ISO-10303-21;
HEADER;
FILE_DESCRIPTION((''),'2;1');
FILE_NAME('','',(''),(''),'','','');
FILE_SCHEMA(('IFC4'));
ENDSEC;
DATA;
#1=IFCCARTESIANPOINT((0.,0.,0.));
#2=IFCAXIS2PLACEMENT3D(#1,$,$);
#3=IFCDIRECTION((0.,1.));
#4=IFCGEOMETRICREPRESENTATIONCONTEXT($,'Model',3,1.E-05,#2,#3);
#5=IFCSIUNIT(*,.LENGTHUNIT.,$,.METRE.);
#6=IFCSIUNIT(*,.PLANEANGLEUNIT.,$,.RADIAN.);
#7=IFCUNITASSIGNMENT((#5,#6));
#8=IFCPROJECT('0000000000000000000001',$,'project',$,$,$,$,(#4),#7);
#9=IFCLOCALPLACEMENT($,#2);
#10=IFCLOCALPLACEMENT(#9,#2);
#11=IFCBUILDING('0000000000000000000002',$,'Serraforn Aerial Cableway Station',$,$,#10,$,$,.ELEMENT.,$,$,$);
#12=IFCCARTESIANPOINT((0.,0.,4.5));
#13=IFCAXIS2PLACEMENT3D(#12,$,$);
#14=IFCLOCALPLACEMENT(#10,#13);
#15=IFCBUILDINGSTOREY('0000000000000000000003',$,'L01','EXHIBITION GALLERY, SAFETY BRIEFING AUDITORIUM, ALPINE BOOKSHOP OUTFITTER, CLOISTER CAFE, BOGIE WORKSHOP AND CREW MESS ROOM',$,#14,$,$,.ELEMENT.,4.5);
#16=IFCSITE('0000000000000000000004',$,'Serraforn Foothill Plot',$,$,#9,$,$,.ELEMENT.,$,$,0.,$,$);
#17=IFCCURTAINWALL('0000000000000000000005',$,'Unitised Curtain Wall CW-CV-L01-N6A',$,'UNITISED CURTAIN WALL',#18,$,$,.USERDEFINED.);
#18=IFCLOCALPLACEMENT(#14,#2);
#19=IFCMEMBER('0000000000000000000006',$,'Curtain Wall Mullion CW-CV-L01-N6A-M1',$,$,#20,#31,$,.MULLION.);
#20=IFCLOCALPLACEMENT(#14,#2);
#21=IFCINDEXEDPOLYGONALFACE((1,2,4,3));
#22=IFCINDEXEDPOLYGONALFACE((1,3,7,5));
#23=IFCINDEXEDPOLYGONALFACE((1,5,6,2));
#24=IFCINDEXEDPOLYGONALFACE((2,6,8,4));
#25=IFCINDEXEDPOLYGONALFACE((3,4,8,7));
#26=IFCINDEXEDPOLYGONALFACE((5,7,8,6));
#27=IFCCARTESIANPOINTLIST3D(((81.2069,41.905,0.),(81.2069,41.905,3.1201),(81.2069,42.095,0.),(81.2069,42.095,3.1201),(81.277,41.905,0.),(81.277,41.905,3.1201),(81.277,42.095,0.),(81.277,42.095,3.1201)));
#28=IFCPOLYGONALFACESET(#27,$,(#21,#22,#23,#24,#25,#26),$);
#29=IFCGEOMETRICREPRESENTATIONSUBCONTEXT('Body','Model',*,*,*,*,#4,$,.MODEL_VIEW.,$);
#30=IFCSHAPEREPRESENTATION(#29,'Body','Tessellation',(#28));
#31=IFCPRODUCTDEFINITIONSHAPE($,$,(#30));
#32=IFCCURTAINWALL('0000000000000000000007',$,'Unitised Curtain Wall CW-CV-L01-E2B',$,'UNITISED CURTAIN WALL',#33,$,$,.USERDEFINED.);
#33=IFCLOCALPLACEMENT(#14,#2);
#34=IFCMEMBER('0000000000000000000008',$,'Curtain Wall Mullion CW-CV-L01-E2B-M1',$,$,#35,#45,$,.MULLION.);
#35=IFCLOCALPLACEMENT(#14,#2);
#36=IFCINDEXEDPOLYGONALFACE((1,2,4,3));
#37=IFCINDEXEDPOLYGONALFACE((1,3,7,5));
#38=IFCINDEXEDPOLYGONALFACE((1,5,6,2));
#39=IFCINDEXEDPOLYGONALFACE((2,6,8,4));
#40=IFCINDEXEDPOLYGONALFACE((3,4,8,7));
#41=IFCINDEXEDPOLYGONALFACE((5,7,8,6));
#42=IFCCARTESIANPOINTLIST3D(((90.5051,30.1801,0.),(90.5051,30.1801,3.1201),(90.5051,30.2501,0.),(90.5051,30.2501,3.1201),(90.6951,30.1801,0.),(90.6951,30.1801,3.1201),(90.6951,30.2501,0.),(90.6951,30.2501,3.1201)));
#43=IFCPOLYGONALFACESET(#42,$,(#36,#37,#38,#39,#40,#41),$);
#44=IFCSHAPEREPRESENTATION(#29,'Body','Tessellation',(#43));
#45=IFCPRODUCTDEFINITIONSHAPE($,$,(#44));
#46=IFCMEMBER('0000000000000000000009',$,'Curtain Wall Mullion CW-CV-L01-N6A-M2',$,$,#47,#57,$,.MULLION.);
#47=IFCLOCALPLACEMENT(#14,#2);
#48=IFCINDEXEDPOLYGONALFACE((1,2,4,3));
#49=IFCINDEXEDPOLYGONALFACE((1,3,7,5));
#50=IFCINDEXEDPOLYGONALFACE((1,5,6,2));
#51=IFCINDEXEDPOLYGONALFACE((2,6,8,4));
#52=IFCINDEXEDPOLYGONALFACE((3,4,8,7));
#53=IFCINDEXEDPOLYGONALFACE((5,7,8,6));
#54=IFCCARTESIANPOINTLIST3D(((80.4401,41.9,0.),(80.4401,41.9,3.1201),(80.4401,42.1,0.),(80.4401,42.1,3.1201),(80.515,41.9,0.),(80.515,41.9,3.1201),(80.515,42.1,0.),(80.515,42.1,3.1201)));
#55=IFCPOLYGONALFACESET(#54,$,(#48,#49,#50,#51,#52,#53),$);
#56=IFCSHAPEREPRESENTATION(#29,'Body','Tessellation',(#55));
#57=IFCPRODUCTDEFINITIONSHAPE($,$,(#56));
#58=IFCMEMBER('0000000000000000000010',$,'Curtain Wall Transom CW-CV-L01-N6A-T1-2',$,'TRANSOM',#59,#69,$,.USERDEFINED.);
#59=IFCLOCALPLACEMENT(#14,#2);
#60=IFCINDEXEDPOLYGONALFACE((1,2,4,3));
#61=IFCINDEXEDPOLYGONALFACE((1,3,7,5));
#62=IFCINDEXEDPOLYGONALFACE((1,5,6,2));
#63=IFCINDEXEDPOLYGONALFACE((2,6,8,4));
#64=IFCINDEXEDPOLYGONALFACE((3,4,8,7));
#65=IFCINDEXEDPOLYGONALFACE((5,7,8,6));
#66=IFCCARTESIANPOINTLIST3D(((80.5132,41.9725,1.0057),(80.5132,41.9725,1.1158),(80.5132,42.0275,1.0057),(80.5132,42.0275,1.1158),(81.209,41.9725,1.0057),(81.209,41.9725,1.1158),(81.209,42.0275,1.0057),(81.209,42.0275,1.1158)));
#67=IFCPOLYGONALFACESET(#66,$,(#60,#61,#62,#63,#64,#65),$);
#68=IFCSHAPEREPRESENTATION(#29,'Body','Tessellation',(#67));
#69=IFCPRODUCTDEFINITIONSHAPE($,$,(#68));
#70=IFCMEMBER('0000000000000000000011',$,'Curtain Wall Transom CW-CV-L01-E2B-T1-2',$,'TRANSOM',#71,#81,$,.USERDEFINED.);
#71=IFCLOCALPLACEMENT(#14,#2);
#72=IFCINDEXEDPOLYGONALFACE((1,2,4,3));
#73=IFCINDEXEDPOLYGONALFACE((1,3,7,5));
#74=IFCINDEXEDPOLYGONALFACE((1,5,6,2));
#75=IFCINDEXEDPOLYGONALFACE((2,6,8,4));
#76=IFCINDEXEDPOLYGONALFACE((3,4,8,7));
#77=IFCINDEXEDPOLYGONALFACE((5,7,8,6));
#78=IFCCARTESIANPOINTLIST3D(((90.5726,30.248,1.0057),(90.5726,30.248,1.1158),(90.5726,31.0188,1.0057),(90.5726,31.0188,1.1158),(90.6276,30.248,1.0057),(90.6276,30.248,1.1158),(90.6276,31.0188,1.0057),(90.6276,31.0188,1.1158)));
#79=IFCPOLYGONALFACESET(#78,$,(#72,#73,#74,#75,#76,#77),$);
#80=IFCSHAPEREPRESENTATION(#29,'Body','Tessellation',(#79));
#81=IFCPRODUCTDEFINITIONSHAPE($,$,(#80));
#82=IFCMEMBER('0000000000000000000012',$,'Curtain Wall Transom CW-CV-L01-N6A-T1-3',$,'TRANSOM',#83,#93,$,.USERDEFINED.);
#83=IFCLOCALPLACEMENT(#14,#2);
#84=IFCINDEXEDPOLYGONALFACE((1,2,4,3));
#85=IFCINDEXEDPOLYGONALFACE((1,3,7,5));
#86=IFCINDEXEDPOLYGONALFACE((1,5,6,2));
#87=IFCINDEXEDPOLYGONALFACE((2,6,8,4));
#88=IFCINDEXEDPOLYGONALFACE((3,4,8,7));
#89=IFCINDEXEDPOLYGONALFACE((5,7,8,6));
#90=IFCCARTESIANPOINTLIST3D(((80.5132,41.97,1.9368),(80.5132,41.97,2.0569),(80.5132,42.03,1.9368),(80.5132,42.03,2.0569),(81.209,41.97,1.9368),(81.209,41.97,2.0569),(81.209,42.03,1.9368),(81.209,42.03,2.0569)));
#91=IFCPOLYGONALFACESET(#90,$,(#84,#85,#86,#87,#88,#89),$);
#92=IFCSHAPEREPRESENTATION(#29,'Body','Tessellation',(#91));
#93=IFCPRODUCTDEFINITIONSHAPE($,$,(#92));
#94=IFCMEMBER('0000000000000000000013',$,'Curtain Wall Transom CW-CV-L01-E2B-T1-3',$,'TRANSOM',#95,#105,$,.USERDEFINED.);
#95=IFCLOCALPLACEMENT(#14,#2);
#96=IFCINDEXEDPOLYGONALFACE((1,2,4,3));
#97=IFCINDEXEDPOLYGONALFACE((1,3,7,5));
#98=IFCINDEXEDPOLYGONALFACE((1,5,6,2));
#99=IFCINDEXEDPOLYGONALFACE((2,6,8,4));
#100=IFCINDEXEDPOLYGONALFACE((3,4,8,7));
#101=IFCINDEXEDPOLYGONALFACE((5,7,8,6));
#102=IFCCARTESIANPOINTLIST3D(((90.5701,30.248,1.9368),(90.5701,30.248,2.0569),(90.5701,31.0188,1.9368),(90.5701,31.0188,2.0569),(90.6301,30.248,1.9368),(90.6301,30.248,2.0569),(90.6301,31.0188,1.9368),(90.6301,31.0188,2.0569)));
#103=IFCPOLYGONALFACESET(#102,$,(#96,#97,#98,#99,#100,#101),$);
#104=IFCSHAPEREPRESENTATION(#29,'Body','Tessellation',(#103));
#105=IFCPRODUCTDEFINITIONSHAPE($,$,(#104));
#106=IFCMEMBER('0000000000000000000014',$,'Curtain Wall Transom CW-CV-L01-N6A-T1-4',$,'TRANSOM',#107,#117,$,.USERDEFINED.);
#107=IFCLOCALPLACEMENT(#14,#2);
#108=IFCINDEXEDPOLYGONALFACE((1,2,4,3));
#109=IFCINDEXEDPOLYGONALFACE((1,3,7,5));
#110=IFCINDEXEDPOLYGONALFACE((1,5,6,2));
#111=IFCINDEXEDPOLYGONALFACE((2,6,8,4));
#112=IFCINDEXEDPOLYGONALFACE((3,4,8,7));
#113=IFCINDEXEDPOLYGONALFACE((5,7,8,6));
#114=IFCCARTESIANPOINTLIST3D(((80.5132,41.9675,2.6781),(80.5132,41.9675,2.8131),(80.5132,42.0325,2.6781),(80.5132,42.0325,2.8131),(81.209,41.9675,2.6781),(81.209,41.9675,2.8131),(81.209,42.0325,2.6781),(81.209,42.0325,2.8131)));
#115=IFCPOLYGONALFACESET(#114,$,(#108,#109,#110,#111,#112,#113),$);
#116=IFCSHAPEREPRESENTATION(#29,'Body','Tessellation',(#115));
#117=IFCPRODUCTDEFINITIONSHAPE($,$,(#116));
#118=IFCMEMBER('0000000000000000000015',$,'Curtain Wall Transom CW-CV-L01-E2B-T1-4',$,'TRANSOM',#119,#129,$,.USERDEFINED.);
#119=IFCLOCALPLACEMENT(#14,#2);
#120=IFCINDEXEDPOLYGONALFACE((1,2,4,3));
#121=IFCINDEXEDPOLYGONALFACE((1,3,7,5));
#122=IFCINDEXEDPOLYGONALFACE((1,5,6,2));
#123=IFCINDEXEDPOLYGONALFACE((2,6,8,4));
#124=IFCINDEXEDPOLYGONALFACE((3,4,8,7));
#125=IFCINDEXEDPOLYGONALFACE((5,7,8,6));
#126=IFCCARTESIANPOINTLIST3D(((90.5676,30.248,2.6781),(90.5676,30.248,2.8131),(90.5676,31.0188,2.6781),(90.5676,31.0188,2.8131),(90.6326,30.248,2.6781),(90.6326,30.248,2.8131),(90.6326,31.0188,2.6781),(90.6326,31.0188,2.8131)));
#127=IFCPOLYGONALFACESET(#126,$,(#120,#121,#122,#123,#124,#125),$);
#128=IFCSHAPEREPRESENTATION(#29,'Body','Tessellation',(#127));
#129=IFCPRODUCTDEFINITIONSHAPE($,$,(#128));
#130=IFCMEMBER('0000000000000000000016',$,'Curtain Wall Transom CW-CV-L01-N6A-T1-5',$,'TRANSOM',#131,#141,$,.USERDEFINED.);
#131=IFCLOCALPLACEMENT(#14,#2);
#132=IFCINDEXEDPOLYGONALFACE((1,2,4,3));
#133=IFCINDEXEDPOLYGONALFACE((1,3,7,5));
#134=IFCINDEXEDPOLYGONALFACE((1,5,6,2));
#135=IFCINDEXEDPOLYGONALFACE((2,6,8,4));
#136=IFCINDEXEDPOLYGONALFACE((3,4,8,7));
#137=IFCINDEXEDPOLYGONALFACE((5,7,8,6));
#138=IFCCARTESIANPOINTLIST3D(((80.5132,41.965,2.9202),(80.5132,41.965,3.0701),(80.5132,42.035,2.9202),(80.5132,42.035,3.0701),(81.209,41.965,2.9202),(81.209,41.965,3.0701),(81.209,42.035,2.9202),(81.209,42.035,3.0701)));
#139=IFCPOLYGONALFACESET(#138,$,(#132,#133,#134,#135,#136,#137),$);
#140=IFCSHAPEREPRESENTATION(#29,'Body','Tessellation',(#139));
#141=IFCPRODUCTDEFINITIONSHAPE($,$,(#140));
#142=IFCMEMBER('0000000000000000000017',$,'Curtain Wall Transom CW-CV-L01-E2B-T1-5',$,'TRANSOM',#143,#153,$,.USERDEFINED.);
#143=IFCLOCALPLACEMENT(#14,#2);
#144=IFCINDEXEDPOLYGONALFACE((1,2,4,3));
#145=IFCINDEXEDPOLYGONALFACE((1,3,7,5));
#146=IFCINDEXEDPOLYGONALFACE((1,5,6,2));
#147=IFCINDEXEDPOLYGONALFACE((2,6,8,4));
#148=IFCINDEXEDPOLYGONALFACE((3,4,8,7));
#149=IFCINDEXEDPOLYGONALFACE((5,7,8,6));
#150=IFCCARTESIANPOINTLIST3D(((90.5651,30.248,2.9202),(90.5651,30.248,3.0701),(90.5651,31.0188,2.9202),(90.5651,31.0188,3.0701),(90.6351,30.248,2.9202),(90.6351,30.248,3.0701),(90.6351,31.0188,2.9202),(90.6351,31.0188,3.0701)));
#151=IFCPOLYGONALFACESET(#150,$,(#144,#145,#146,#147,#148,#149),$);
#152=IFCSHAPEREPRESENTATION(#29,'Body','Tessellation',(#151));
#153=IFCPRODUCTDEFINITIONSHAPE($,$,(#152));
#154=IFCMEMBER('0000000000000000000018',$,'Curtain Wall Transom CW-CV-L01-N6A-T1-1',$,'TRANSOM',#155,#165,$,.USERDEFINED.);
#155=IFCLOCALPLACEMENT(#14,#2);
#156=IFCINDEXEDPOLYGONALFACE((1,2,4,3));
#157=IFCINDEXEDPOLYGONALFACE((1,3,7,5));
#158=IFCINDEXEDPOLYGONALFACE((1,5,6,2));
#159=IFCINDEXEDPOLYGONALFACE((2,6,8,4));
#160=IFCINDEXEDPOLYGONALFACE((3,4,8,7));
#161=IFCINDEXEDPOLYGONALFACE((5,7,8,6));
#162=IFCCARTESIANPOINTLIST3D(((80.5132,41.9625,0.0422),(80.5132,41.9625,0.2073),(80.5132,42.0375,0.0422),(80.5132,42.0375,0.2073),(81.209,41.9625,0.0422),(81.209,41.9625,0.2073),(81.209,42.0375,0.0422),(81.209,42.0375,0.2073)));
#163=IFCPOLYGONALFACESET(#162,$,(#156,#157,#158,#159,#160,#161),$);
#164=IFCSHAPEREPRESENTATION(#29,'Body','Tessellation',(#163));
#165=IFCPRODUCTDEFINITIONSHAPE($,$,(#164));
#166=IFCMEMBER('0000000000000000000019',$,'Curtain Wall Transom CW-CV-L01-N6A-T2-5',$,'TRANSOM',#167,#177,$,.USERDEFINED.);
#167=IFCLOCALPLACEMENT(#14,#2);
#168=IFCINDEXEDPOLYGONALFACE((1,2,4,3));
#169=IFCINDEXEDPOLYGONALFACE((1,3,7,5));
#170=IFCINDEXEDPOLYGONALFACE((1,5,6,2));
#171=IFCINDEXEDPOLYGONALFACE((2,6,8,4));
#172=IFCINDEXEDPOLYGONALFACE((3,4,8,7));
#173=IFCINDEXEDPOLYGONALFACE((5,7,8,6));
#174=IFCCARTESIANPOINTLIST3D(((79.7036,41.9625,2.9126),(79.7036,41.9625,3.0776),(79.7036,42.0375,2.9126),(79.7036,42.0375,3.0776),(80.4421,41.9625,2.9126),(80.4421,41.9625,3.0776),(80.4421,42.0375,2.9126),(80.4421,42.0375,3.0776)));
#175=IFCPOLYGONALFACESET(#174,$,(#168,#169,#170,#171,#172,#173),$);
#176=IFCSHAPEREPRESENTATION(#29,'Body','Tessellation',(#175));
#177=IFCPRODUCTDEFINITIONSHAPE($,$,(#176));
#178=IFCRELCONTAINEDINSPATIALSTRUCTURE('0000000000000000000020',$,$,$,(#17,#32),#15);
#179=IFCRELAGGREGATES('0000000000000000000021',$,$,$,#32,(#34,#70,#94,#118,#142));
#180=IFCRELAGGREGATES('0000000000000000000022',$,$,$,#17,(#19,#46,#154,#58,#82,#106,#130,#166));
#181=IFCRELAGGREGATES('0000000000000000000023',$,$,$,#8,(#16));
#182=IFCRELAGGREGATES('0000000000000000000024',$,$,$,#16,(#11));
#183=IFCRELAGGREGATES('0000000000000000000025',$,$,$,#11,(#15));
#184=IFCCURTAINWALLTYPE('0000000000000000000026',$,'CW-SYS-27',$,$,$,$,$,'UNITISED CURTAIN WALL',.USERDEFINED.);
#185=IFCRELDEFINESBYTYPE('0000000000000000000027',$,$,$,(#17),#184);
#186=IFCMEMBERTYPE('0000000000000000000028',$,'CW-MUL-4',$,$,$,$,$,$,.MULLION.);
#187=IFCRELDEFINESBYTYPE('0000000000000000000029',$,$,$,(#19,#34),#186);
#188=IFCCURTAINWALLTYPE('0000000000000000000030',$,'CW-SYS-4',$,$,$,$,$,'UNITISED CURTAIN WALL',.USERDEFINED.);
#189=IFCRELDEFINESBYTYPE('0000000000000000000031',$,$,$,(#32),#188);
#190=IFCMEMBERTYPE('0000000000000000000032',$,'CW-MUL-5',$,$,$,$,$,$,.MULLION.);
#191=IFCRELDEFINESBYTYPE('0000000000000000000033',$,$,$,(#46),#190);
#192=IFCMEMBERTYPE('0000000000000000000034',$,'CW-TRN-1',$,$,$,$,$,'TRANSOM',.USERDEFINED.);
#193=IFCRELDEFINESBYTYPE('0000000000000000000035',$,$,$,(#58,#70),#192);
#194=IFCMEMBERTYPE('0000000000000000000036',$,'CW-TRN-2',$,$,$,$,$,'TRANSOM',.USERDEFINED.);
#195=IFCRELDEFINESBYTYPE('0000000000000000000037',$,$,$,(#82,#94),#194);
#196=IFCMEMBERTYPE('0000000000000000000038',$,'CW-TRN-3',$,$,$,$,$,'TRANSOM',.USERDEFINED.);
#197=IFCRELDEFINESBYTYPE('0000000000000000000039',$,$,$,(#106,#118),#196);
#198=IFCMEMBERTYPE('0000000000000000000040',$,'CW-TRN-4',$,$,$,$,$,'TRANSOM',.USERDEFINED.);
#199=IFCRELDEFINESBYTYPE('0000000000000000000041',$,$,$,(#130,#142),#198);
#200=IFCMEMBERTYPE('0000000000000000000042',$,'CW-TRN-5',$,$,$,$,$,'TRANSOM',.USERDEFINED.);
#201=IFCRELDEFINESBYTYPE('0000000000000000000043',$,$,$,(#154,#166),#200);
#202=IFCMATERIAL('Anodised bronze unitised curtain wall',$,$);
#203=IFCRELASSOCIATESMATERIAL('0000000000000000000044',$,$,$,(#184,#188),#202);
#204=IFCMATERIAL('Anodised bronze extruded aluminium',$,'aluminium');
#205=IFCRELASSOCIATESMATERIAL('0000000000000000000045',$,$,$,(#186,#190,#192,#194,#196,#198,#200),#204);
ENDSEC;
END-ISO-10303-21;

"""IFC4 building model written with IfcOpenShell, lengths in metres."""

from ifc_helpers import new_model, si_unit, direction, frame, origin, origin_2d, place, context, subcontext, project, spatial, rectangle, extrude, material, material_profile, profile_set, type_object, element, aggregate, save


model = new_model("IFC4")

# Units and contexts
model_context = context("Model", 3, precision=1e-05, world=origin(), true_north=direction((0.0, 1.0)))
body_context = subcontext(model_context, "Body", "Model", "MODEL_VIEW")
ifc_project = project(units=[si_unit("LENGTHUNIT", "METRE"), si_unit("PLANEANGLEUNIT", "RADIAN")], contexts=[model_context])

# Site, building, storey
site_placement = place(None, origin())
site = spatial("IfcSite", under=ifc_project, at=site_placement, Name="Serraforn Foothill Plot", CompositionType="ELEMENT", RefElevation=0.0)
building_placement = place(site_placement, origin())
building = spatial("IfcBuilding", under=site, at=building_placement, Name="Serraforn Aerial Cableway Station", CompositionType="ELEMENT")
storey_placement = place(building_placement, frame((0.0, 0.0, 4.5)))
storey = spatial("IfcBuildingStorey", under=building, at=storey_placement, Name="L01", Description="EXHIBITION GALLERY, SAFETY BRIEFING AUDITORIUM, ALPINE BOOKSHOP OUTFITTER, CLOISTER CAFE, BOGIE WORKSHOP AND CREW MESS ROOM", CompositionType="ELEMENT", Elevation=4.5)

# Curtain walls, members
ifc_material_1 = material(Name="Anodised bronze unitised curtain wall")
ifc_material_2 = material(Name="Anodised bronze extruded aluminium", Category="aluminium")
curtain_wall_type_1 = type_object("IfcCurtainWallType", Name="CW-SYS-27", ElementType="UNITISED CURTAIN WALL", PredefinedType="USERDEFINED", material=ifc_material_1)
curtain_wall_1_placement = place(storey_placement, origin())
curtain_wall_1 = element("IfcCurtainWall", 1, at=curtain_wall_1_placement, inside=storey, type_object=curtain_wall_type_1, Name="Unitised Curtain Wall CW-CV-L01-N6A", ObjectType="UNITISED CURTAIN WALL", PredefinedType="USERDEFINED")
ifc_material_profile_1 = material_profile(ifc_material_2, rectangle(XDim=0.0701, YDim=0.1899, at=origin_2d()), Name="CW MULLION 70x190")
ifc_profile_set_1 = profile_set([ifc_material_profile_1], Name="Anodised bronze extruded aluminium")
member_type_1 = type_object("IfcMemberType", Name="CW-MUL-4", PredefinedType="MULLION", material=ifc_profile_set_1)
member_1_placement = place(storey_placement, frame((81.2419, 42.0, 0.0), z_axis=(0.0, 0.0, 1.0), x_axis=(-1.0, 0.0, 0.0)))
member_1 = element("IfcMember", 2, at=member_1_placement, type_object=member_type_1, Name="Curtain Wall Mullion CW-CV-L01-N6A-M1", PredefinedType="MULLION", context=body_context, shape_type="SweptSolid", body=[
    extrude(rectangle(XDim=0.0701, YDim=0.1899, at=origin_2d()), origin(), (0.0, 0.0, 1.0), 3.1201),
])
curtain_wall_type_2 = type_object("IfcCurtainWallType", Name="CW-SYS-4", ElementType="UNITISED CURTAIN WALL", PredefinedType="USERDEFINED", material=ifc_material_1)
curtain_wall_2_placement = place(storey_placement, origin())
curtain_wall_2 = element("IfcCurtainWall", 3, at=curtain_wall_2_placement, inside=storey, type_object=curtain_wall_type_2, Name="Unitised Curtain Wall CW-CV-L01-E2B", ObjectType="UNITISED CURTAIN WALL", PredefinedType="USERDEFINED")
member_2_placement = place(storey_placement, frame((90.6001, 30.2151, 0.0), z_axis=(0.0, 0.0, 1.0), x_axis=(0.0, 1.0, 0.0)))
member_2 = element("IfcMember", 4, at=member_2_placement, type_object=member_type_1, Name="Curtain Wall Mullion CW-CV-L01-E2B-M1", PredefinedType="MULLION", context=body_context, shape_type="SweptSolid", body=[
    extrude(rectangle(XDim=0.0701, YDim=0.1899, at=origin_2d()), origin(), (0.0, 0.0, 1.0), 3.1201),
])

# Members
ifc_material_profile_2 = material_profile(ifc_material_2, rectangle(XDim=0.075, YDim=0.2, at=origin_2d()), Name="CW MULLION 75x200")
ifc_profile_set_2 = profile_set([ifc_material_profile_2], Name="Anodised bronze extruded aluminium")
member_type_2 = type_object("IfcMemberType", Name="CW-MUL-5", PredefinedType="MULLION", material=ifc_profile_set_2)
member_3_placement = place(storey_placement, frame((80.4775, 42.0, 0.0), z_axis=(0.0, 0.0, 1.0), x_axis=(-1.0, 0.0, 0.0)))
member_3 = element("IfcMember", 5, at=member_3_placement, type_object=member_type_2, Name="Curtain Wall Mullion CW-CV-L01-N6A-M2", PredefinedType="MULLION", context=body_context, shape_type="SweptSolid", body=[
    extrude(rectangle(XDim=0.075, YDim=0.2, at=origin_2d()), origin(), (0.0, 0.0, 1.0), 3.1201),
])
ifc_material_profile_3 = material_profile(ifc_material_2, rectangle(XDim=0.0549, YDim=0.1101, at=origin_2d()), Name="CW TRANSOM 55x110")
ifc_profile_set_3 = profile_set([ifc_material_profile_3], Name="Anodised bronze extruded aluminium")
member_type_3 = type_object("IfcMemberType", Name="CW-TRN-1", ElementType="TRANSOM", PredefinedType="USERDEFINED", material=ifc_profile_set_3)
member_4_placement = place(storey_placement, frame((81.209, 42.0, 1.0608), z_axis=(-1.0, 0.0, 0.0), x_axis=(0.0, -1.0, 0.0)))
member_4 = element("IfcMember", 6, at=member_4_placement, type_object=member_type_3, Name="Curtain Wall Transom CW-CV-L01-N6A-T1-2", ObjectType="TRANSOM", PredefinedType="USERDEFINED", context=body_context, shape_type="SweptSolid", body=[
    extrude(rectangle(XDim=0.0549, YDim=0.1101, at=origin_2d()), origin(), (0.0, 0.0, 1.0), 0.6958),
])
member_5_placement = place(storey_placement, frame((90.6001, 30.248, 1.0608), z_axis=(0.0, 1.0, 0.0), x_axis=(-1.0, 0.0, 0.0)))
member_5 = element("IfcMember", 7, at=member_5_placement, type_object=member_type_3, Name="Curtain Wall Transom CW-CV-L01-E2B-T1-2", ObjectType="TRANSOM", PredefinedType="USERDEFINED", context=body_context, shape_type="SweptSolid", body=[
    extrude(rectangle(XDim=0.0549, YDim=0.1101, at=origin_2d()), origin(), (0.0, 0.0, 1.0), 0.7708),
])
ifc_material_profile_4 = material_profile(ifc_material_2, rectangle(XDim=0.0601, YDim=0.1201, at=origin_2d()), Name="CW TRANSOM 60x120")
ifc_profile_set_4 = profile_set([ifc_material_profile_4], Name="Anodised bronze extruded aluminium")
member_type_4 = type_object("IfcMemberType", Name="CW-TRN-2", ElementType="TRANSOM", PredefinedType="USERDEFINED", material=ifc_profile_set_4)
member_6_placement = place(storey_placement, frame((81.209, 42.0, 1.9968), z_axis=(-1.0, 0.0, 0.0), x_axis=(0.0, -1.0, 0.0)))
member_6 = element("IfcMember", 8, at=member_6_placement, type_object=member_type_4, Name="Curtain Wall Transom CW-CV-L01-N6A-T1-3", ObjectType="TRANSOM", PredefinedType="USERDEFINED", context=body_context, shape_type="SweptSolid", body=[
    extrude(rectangle(XDim=0.0601, YDim=0.1201, at=origin_2d()), origin(), (0.0, 0.0, 1.0), 0.6958),
])
member_7_placement = place(storey_placement, frame((90.6001, 30.248, 1.9968), z_axis=(0.0, 1.0, 0.0), x_axis=(-1.0, 0.0, 0.0)))
member_7 = element("IfcMember", 9, at=member_7_placement, type_object=member_type_4, Name="Curtain Wall Transom CW-CV-L01-E2B-T1-3", ObjectType="TRANSOM", PredefinedType="USERDEFINED", context=body_context, shape_type="SweptSolid", body=[
    extrude(rectangle(XDim=0.0601, YDim=0.1201, at=origin_2d()), origin(), (0.0, 0.0, 1.0), 0.7708),
])
ifc_material_profile_5 = material_profile(ifc_material_2, rectangle(XDim=0.0649, YDim=0.135, at=origin_2d()), Name="CW TRANSOM 65x135")
ifc_profile_set_5 = profile_set([ifc_material_profile_5], Name="Anodised bronze extruded aluminium")
member_type_5 = type_object("IfcMemberType", Name="CW-TRN-3", ElementType="TRANSOM", PredefinedType="USERDEFINED", material=ifc_profile_set_5)
member_8_placement = place(storey_placement, frame((81.209, 42.0, 2.7456), z_axis=(-1.0, 0.0, 0.0), x_axis=(0.0, -1.0, 0.0)))
member_8 = element("IfcMember", 10, at=member_8_placement, type_object=member_type_5, Name="Curtain Wall Transom CW-CV-L01-N6A-T1-4", ObjectType="TRANSOM", PredefinedType="USERDEFINED", context=body_context, shape_type="SweptSolid", body=[
    extrude(rectangle(XDim=0.0649, YDim=0.135, at=origin_2d()), origin(), (0.0, 0.0, 1.0), 0.6958),
])
member_9_placement = place(storey_placement, frame((90.6001, 30.248, 2.7456), z_axis=(0.0, 1.0, 0.0), x_axis=(-1.0, 0.0, 0.0)))
member_9 = element("IfcMember", 11, at=member_9_placement, type_object=member_type_5, Name="Curtain Wall Transom CW-CV-L01-E2B-T1-4", ObjectType="TRANSOM", PredefinedType="USERDEFINED", context=body_context, shape_type="SweptSolid", body=[
    extrude(rectangle(XDim=0.0649, YDim=0.135, at=origin_2d()), origin(), (0.0, 0.0, 1.0), 0.7708),
])
ifc_material_profile_6 = material_profile(ifc_material_2, rectangle(XDim=0.0701, YDim=0.1499, at=origin_2d()), Name="CW TRANSOM 70x150")
ifc_profile_set_6 = profile_set([ifc_material_profile_6], Name="Anodised bronze extruded aluminium")
member_type_6 = type_object("IfcMemberType", Name="CW-TRN-4", ElementType="TRANSOM", PredefinedType="USERDEFINED", material=ifc_profile_set_6)
member_10_placement = place(storey_placement, frame((81.209, 42.0, 2.9951), z_axis=(-1.0, 0.0, 0.0), x_axis=(0.0, -1.0, 0.0)))
member_10 = element("IfcMember", 12, at=member_10_placement, type_object=member_type_6, Name="Curtain Wall Transom CW-CV-L01-N6A-T1-5", ObjectType="TRANSOM", PredefinedType="USERDEFINED", context=body_context, shape_type="SweptSolid", body=[
    extrude(rectangle(XDim=0.0701, YDim=0.1499, at=origin_2d()), origin(), (0.0, 0.0, 1.0), 0.6958),
])
member_11_placement = place(storey_placement, frame((90.6001, 30.248, 2.9951), z_axis=(0.0, 1.0, 0.0), x_axis=(-1.0, 0.0, 0.0)))
member_11 = element("IfcMember", 13, at=member_11_placement, type_object=member_type_6, Name="Curtain Wall Transom CW-CV-L01-E2B-T1-5", ObjectType="TRANSOM", PredefinedType="USERDEFINED", context=body_context, shape_type="SweptSolid", body=[
    extrude(rectangle(XDim=0.0701, YDim=0.1499, at=origin_2d()), origin(), (0.0, 0.0, 1.0), 0.7708),
])
ifc_material_profile_7 = material_profile(ifc_material_2, rectangle(XDim=0.075, YDim=0.165, at=origin_2d()), Name="CW TRANSOM 75x165")
ifc_profile_set_7 = profile_set([ifc_material_profile_7], Name="Anodised bronze extruded aluminium")
member_type_7 = type_object("IfcMemberType", Name="CW-TRN-5", ElementType="TRANSOM", PredefinedType="USERDEFINED", material=ifc_profile_set_7)
member_12_placement = place(storey_placement, frame((81.209, 42.0, 0.1248), z_axis=(-1.0, 0.0, 0.0), x_axis=(0.0, -1.0, 0.0)))
member_12 = element("IfcMember", 14, at=member_12_placement, type_object=member_type_7, Name="Curtain Wall Transom CW-CV-L01-N6A-T1-1", ObjectType="TRANSOM", PredefinedType="USERDEFINED", context=body_context, shape_type="SweptSolid", body=[
    extrude(rectangle(XDim=0.075, YDim=0.165, at=origin_2d()), origin(), (0.0, 0.0, 1.0), 0.6958),
])
member_13_placement = place(storey_placement, frame((80.4421, 42.0, 2.9951), z_axis=(-1.0, 0.0, 0.0), x_axis=(0.0, -1.0, 0.0)))
member_13 = element("IfcMember", 15, at=member_13_placement, type_object=member_type_7, Name="Curtain Wall Transom CW-CV-L01-N6A-T2-5", ObjectType="TRANSOM", PredefinedType="USERDEFINED", context=body_context, shape_type="SweptSolid", body=[
    extrude(rectangle(XDim=0.075, YDim=0.165, at=origin_2d()), origin(), (0.0, 0.0, 1.0), 0.7385),
])

aggregate(curtain_wall_2, [member_2, member_5, member_7, member_9, member_11])
aggregate(curtain_wall_1, [member_1, member_3, member_12, member_4, member_6, member_8, member_10, member_13])

save(model, "model.ifc")
